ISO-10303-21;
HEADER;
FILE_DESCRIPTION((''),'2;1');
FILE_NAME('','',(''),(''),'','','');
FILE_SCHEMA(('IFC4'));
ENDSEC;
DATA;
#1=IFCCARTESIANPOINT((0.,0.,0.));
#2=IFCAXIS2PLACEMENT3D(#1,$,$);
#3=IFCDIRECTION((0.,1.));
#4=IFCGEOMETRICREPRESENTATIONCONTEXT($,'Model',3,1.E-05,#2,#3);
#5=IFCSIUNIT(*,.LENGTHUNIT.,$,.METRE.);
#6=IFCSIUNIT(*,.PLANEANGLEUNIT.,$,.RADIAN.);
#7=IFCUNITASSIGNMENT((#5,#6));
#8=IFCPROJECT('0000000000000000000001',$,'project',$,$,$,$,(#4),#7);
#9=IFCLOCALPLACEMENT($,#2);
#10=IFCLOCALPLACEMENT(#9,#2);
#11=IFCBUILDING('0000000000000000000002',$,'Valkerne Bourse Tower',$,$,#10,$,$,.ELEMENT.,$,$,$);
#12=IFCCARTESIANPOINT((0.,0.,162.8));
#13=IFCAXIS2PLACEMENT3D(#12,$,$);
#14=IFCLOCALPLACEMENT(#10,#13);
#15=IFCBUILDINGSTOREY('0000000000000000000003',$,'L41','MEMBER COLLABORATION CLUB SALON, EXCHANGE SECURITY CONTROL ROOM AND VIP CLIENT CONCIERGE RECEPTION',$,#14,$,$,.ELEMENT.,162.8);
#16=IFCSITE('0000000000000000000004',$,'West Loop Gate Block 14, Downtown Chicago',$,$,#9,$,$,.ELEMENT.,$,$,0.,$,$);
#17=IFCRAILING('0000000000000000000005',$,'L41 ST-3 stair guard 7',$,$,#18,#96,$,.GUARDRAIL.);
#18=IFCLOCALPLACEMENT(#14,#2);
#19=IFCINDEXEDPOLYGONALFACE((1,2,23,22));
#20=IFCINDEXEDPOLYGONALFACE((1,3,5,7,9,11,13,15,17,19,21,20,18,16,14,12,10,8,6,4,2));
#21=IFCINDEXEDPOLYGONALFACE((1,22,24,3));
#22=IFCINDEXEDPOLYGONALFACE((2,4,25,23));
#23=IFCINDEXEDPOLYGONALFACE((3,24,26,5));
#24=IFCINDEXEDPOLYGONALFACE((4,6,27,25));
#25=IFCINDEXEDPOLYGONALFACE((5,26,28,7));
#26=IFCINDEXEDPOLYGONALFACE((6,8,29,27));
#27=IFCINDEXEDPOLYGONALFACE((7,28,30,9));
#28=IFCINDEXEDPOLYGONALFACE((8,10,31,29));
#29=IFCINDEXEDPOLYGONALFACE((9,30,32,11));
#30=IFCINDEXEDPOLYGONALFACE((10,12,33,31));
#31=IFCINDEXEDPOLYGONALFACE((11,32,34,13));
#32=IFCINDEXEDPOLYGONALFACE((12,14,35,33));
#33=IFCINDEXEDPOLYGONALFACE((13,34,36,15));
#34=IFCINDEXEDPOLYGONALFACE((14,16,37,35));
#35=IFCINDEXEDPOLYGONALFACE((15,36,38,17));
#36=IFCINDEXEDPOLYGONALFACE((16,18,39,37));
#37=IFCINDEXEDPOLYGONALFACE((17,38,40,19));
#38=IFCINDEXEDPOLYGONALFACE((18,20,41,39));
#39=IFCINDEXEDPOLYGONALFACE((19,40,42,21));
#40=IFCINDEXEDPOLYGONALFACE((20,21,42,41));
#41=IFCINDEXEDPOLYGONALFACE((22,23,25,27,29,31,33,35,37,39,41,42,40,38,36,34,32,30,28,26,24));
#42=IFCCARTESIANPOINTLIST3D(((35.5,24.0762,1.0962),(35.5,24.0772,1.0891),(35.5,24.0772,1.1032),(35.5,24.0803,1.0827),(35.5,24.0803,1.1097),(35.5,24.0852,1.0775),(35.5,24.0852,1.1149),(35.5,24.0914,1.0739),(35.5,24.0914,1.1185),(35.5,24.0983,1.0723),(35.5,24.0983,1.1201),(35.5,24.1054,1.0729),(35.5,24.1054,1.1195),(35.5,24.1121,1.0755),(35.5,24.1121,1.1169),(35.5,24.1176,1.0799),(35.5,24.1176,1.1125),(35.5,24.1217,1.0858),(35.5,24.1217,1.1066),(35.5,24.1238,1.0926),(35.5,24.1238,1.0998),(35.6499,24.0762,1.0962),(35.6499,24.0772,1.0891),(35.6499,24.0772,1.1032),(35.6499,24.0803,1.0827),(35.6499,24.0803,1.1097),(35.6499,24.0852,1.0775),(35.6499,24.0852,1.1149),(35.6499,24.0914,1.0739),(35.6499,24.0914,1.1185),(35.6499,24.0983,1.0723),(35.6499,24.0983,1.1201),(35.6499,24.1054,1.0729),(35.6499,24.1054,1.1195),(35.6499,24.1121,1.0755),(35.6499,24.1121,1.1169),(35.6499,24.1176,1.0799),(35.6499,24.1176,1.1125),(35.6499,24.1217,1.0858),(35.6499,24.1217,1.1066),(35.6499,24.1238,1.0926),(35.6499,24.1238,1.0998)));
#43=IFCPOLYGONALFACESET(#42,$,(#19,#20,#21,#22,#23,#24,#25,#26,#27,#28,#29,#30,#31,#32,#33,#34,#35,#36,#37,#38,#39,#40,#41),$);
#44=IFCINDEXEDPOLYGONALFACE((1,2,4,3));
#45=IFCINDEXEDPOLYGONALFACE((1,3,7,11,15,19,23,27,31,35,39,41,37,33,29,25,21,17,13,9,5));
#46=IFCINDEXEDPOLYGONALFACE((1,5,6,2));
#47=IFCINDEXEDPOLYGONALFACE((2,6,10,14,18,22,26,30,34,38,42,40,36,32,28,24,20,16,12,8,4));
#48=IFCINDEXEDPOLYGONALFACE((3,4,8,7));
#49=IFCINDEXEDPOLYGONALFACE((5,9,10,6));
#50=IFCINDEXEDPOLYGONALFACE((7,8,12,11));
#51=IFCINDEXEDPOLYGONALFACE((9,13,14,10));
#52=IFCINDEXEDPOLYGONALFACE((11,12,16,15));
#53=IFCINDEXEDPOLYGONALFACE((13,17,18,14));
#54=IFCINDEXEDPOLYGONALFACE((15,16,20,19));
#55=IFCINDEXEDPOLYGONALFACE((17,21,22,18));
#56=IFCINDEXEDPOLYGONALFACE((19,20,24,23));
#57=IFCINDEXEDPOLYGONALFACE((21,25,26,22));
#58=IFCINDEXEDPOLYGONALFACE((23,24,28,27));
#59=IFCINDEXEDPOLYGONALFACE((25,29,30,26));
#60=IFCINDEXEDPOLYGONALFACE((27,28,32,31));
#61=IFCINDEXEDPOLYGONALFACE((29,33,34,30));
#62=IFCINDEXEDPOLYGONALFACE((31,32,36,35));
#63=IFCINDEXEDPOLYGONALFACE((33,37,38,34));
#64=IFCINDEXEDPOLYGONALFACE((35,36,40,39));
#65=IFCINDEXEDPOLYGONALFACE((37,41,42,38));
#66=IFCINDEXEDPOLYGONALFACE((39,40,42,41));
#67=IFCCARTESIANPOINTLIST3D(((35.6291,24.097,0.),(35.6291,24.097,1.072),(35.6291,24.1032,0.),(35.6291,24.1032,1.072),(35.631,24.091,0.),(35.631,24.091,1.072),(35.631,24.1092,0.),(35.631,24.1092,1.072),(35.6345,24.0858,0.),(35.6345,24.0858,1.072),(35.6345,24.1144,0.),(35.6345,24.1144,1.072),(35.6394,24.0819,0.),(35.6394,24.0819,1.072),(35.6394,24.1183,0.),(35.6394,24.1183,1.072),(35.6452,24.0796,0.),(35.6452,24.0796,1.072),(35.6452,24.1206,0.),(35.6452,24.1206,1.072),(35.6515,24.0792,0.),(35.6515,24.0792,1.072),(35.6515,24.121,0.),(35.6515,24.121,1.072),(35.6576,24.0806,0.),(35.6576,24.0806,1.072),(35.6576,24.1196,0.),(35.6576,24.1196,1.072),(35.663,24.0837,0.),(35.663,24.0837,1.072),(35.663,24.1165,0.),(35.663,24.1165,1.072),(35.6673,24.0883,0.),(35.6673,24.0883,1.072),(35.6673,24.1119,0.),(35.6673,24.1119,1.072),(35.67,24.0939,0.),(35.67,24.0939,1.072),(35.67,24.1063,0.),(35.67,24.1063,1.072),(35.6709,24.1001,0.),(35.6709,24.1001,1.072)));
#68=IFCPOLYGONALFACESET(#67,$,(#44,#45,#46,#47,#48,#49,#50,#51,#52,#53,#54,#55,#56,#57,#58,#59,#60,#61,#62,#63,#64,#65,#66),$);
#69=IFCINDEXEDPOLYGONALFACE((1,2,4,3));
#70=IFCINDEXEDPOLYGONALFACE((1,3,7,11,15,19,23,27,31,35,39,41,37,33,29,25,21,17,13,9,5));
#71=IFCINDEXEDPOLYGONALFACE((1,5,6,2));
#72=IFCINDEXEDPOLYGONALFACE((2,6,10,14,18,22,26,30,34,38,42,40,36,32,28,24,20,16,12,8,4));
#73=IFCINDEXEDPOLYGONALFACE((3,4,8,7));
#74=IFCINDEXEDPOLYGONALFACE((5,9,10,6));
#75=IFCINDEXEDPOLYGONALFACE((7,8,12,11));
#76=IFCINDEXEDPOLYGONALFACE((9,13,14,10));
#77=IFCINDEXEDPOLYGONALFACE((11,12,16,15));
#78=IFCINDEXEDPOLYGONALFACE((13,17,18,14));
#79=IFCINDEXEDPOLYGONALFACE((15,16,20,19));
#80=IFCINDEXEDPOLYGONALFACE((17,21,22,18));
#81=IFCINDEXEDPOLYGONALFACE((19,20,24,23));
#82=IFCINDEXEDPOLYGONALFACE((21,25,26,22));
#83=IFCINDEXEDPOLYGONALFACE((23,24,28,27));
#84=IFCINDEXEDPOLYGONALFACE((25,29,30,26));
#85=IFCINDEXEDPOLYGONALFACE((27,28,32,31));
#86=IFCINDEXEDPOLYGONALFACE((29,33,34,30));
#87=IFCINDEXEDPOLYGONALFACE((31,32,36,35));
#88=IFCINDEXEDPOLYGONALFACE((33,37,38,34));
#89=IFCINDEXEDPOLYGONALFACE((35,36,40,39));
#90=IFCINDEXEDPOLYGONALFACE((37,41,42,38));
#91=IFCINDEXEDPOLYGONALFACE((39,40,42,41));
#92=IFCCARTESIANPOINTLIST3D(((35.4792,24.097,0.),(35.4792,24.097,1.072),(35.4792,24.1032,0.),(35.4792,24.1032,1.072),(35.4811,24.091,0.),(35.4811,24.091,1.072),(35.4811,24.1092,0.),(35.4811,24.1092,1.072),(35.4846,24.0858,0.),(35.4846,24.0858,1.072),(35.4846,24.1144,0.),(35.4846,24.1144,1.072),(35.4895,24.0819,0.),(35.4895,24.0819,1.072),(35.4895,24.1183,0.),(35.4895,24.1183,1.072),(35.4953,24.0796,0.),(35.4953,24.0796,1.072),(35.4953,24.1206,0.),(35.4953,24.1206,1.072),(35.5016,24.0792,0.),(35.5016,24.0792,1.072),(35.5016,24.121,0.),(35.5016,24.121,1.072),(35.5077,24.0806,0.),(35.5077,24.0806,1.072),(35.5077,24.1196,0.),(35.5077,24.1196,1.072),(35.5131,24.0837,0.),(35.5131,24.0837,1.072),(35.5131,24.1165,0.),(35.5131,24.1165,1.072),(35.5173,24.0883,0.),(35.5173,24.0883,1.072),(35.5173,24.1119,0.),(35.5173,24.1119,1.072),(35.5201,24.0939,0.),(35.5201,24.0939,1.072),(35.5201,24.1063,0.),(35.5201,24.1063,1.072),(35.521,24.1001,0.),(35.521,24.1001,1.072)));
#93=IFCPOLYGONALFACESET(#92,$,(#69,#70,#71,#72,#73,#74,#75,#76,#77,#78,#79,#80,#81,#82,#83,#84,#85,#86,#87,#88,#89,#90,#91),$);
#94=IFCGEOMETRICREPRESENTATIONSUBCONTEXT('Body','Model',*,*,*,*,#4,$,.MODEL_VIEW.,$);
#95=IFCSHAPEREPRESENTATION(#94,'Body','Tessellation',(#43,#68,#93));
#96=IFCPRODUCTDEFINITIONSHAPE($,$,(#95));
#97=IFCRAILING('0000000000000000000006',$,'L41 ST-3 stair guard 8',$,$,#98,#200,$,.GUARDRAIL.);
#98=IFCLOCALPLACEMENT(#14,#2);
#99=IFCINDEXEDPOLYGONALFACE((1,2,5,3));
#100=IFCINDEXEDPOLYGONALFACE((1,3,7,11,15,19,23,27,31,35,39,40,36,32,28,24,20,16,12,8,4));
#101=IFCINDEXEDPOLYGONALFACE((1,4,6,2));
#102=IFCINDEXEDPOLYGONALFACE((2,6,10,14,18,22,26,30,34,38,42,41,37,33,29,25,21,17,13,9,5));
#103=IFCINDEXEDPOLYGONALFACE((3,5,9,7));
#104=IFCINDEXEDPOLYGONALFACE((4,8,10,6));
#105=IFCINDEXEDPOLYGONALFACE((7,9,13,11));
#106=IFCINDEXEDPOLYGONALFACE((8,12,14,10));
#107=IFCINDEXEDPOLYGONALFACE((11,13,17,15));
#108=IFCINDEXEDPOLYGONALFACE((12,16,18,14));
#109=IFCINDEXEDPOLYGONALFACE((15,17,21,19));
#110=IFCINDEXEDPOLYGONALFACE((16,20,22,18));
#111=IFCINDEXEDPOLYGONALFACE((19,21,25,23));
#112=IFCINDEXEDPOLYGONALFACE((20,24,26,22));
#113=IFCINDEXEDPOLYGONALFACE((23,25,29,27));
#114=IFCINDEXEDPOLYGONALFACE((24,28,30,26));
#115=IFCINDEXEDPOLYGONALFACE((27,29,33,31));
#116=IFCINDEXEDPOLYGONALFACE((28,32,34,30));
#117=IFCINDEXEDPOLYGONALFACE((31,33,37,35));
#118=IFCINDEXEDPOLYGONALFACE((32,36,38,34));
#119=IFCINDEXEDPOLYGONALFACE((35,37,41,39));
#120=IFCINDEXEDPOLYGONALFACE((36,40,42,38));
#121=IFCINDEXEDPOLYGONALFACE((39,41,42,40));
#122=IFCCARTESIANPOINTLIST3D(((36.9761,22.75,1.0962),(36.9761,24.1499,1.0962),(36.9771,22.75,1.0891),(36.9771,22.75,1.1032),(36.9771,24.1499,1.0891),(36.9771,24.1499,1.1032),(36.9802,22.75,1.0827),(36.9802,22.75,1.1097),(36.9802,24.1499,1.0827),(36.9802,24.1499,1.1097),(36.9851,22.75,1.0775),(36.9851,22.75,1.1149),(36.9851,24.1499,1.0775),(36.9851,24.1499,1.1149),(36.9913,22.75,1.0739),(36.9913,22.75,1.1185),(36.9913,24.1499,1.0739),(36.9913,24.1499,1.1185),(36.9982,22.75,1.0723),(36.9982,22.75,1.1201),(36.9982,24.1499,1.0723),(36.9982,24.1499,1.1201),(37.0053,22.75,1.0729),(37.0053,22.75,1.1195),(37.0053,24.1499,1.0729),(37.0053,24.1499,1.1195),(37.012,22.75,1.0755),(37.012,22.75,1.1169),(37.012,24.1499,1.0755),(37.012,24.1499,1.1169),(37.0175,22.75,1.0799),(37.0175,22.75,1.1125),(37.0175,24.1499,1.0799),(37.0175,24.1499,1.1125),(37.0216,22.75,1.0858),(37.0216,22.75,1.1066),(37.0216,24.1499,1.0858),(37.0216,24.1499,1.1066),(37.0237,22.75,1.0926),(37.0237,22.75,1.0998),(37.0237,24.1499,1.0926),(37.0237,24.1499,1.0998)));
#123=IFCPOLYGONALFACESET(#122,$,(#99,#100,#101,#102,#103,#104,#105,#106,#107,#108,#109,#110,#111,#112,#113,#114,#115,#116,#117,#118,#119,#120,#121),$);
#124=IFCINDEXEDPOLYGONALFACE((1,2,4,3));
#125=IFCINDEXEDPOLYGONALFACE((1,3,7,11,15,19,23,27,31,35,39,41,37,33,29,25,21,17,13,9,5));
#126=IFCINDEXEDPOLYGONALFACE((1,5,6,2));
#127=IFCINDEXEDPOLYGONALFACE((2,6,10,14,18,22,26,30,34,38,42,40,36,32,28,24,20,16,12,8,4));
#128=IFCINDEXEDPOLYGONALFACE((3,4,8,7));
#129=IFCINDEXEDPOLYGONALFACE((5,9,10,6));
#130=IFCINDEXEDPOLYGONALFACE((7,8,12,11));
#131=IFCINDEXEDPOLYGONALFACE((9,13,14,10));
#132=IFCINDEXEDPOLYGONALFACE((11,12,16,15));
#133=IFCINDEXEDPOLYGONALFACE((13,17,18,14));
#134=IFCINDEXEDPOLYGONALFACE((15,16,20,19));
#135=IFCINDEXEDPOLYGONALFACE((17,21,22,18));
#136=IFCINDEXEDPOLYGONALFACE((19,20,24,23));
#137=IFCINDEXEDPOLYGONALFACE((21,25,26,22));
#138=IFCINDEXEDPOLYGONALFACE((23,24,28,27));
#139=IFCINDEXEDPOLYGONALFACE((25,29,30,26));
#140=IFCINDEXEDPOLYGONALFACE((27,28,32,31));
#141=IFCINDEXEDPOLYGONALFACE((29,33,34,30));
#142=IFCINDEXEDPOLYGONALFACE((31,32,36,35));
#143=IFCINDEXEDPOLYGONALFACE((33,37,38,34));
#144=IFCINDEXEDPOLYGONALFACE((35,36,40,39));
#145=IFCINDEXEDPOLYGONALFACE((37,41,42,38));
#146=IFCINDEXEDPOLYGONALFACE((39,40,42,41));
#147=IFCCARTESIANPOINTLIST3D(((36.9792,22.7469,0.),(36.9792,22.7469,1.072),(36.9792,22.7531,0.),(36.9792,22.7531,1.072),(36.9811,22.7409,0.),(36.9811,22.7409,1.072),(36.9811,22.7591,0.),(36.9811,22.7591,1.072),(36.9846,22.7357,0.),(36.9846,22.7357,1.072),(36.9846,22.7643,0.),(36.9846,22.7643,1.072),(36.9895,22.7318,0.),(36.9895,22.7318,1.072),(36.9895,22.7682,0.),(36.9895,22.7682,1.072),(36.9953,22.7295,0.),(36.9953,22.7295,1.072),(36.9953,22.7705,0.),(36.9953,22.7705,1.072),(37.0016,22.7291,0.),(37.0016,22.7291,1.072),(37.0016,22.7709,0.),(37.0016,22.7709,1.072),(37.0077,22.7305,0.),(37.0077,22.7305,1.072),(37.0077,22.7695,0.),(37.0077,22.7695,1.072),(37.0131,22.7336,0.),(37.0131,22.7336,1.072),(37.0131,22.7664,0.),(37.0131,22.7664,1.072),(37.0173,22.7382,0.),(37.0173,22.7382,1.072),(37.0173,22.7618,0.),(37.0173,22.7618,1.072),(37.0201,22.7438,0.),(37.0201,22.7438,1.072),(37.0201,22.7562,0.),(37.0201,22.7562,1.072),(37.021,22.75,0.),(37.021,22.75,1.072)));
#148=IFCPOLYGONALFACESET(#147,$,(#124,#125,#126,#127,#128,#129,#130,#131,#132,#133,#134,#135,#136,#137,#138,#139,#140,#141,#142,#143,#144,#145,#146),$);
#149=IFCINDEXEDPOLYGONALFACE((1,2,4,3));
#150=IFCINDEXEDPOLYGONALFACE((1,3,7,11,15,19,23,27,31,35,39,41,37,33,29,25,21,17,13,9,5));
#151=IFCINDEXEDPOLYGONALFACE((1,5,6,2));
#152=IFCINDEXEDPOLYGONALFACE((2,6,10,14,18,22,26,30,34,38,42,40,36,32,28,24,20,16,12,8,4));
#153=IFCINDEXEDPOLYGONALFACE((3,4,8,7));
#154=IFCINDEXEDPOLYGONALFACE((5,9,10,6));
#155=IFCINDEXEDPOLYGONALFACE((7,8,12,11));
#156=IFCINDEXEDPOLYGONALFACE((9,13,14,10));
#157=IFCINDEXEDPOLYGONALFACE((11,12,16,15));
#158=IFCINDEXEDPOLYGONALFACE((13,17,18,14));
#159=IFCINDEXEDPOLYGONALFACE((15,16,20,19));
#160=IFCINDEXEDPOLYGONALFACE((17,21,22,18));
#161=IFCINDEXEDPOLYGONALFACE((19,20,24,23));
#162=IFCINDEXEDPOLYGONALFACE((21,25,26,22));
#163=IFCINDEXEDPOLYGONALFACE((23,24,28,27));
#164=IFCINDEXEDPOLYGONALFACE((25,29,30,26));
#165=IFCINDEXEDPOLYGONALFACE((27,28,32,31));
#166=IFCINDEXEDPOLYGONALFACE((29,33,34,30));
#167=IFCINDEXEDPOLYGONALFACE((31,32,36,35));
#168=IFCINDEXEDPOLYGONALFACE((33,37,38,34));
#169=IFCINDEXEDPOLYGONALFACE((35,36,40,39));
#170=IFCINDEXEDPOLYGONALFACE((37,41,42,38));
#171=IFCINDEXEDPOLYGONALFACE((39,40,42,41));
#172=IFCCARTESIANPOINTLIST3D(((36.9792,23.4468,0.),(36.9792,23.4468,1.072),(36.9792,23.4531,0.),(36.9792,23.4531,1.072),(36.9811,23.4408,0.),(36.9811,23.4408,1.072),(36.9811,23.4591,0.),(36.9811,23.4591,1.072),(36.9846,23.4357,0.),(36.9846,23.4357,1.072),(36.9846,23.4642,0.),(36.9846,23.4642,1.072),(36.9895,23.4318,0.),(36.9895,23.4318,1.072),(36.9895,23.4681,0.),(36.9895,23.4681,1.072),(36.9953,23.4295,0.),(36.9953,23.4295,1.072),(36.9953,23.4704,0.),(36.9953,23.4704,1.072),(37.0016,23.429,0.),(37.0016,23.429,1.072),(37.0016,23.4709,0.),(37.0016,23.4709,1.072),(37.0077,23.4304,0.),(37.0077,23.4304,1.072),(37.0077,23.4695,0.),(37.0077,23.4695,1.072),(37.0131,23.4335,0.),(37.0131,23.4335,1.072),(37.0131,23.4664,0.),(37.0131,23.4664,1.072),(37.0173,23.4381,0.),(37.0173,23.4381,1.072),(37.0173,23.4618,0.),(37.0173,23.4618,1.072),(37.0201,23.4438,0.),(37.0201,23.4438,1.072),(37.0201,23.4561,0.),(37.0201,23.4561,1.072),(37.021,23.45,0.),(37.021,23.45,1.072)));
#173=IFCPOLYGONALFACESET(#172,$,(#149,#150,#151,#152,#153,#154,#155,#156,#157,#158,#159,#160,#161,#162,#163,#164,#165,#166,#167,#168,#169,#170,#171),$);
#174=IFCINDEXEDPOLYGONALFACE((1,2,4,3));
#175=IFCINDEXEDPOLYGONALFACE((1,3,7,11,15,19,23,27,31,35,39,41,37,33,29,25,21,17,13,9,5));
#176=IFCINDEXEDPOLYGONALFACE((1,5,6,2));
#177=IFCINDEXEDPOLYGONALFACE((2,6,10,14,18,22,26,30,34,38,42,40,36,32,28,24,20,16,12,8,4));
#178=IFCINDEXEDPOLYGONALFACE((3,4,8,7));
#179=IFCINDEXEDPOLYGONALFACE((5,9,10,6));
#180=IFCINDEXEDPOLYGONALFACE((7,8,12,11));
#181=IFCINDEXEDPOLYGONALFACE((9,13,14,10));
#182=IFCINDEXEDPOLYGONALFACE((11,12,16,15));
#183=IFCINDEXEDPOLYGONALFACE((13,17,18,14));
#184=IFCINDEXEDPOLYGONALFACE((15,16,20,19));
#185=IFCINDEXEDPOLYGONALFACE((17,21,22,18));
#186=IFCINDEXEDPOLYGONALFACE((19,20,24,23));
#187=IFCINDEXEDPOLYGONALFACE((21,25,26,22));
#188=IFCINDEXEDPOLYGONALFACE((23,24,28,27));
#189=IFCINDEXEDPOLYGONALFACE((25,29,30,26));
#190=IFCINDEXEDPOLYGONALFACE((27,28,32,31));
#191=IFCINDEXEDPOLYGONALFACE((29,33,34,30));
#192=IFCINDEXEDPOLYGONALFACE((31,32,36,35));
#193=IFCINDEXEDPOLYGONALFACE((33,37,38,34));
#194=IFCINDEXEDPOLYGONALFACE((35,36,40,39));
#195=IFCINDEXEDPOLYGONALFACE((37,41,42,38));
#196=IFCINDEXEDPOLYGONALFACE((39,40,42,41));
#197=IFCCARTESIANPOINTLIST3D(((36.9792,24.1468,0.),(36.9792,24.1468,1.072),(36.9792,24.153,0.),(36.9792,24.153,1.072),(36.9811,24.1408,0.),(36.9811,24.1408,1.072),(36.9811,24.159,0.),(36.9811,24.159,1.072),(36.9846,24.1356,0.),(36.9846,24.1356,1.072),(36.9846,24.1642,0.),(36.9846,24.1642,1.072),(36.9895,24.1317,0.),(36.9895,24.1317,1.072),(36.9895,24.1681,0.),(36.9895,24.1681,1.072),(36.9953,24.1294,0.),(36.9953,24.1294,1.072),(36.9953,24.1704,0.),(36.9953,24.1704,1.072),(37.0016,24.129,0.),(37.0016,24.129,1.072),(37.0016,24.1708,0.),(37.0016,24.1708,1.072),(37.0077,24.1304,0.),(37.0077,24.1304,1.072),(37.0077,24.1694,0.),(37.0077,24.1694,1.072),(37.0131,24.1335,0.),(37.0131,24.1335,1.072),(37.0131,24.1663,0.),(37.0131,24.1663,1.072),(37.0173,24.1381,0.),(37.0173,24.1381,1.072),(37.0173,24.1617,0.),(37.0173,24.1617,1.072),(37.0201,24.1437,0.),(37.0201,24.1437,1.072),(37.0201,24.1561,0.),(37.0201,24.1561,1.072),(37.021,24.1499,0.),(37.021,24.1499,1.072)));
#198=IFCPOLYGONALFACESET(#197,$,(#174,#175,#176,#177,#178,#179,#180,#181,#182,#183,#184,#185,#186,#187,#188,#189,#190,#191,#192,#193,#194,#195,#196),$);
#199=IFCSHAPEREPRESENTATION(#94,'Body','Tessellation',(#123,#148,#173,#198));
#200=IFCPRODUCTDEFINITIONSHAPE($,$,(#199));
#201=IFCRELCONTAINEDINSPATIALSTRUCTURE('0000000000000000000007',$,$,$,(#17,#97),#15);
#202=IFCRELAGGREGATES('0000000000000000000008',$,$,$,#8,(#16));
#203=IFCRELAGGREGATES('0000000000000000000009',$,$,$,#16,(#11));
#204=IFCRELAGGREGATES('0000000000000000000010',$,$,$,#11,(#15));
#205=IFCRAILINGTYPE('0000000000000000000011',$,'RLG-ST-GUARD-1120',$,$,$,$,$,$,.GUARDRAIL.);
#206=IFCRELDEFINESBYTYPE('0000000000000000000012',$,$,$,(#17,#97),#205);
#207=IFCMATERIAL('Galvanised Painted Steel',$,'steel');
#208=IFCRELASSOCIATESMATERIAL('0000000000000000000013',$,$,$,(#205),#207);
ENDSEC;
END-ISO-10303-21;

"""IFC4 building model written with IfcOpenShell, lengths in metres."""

from ifc_helpers import new_model, si_unit, direction, frame, origin, origin_2d, place, context, subcontext, project, spatial, circle, extrude, material, type_object, element, save


model = new_model("IFC4")

# Units and contexts
model_context = context("Model", 3, precision=1e-05, world=origin(), true_north=direction((0.0, 1.0)))
body_context = subcontext(model_context, "Body", "Model", "MODEL_VIEW")
ifc_project = project(units=[si_unit("LENGTHUNIT", "METRE"), si_unit("PLANEANGLEUNIT", "RADIAN")], contexts=[model_context])

# Site, building, storey
site_placement = place(None, origin())
site = spatial("IfcSite", under=ifc_project, at=site_placement, Name="West Loop Gate Block 14, Downtown Chicago", CompositionType="ELEMENT", RefElevation=0.0)
building_placement = place(site_placement, origin())
building = spatial("IfcBuilding", under=site, at=building_placement, Name="Valkerne Bourse Tower", CompositionType="ELEMENT")
storey_placement = place(building_placement, frame((0.0, 0.0, 162.8)))
storey = spatial("IfcBuildingStorey", under=building, at=storey_placement, Name="L41", Description="MEMBER COLLABORATION CLUB SALON, EXCHANGE SECURITY CONTROL ROOM AND VIP CLIENT CONCIERGE RECEPTION", CompositionType="ELEMENT", Elevation=162.8)

# Shared definitions
ifc_material_1 = material(Name="Galvanised Painted Steel", Category="steel")

# Railings
railing_type = type_object("IfcRailingType", Name="RLG-ST-GUARD-1120", PredefinedType="GUARDRAIL", material=ifc_material_1)
railing_placement = place(storey_placement, frame((35.6499, 24.1001, 0.0)))
element("IfcRailing", 1, at=railing_placement, inside=storey, type_object=railing_type, Name="L41 ST-3 stair guard 7", PredefinedType="GUARDRAIL", context=body_context, shape_type="SweptSolid", body=[
    extrude(circle(Radius=0.0239, at=origin_2d()), frame((0.0, 0.0, 1.0962), z_axis=(-1.0, 0.0, 0.0), x_axis=(0.0, -1.0, 0.0)), (0.0, 0.0, 1.0), 0.1499),
    extrude(circle(Radius=0.021, at=origin_2d()), origin(), (0.0, 0.0, 1.0), 1.072),
    extrude(circle(Radius=0.021, at=origin_2d()), frame((-0.1499, 0.0, 0.0)), (0.0, 0.0, 1.0), 1.072),
])
for number, where, name in (
    (2, (37.0, 22.75, 0.0), "L41 ST-3 stair guard 8"),
):
    element("IfcRailing", number, at=place(storey_placement, frame(where)), inside=storey, type_object=railing_type, Name=name, PredefinedType="GUARDRAIL", context=body_context, shape_type="SweptSolid", body=[
        extrude(circle(Radius=0.0239, at=origin_2d()), frame((0.0, 0.0, 1.0962), z_axis=(0.0, 1.0, 0.0), x_axis=(-1.0, 0.0, 0.0)), (0.0, 0.0, 1.0), 1.3999),
        extrude(circle(Radius=0.021, at=origin_2d()), origin(), (0.0, 0.0, 1.0), 1.072),
        extrude(circle(Radius=0.021, at=origin_2d()), frame((0.0, 0.7, 0.0)), (0.0, 0.0, 1.0), 1.072),
        extrude(circle(Radius=0.021, at=origin_2d()), frame((0.0, 1.3999, 0.0)), (0.0, 0.0, 1.0), 1.072),
    ])

save(model, "model.ifc")
